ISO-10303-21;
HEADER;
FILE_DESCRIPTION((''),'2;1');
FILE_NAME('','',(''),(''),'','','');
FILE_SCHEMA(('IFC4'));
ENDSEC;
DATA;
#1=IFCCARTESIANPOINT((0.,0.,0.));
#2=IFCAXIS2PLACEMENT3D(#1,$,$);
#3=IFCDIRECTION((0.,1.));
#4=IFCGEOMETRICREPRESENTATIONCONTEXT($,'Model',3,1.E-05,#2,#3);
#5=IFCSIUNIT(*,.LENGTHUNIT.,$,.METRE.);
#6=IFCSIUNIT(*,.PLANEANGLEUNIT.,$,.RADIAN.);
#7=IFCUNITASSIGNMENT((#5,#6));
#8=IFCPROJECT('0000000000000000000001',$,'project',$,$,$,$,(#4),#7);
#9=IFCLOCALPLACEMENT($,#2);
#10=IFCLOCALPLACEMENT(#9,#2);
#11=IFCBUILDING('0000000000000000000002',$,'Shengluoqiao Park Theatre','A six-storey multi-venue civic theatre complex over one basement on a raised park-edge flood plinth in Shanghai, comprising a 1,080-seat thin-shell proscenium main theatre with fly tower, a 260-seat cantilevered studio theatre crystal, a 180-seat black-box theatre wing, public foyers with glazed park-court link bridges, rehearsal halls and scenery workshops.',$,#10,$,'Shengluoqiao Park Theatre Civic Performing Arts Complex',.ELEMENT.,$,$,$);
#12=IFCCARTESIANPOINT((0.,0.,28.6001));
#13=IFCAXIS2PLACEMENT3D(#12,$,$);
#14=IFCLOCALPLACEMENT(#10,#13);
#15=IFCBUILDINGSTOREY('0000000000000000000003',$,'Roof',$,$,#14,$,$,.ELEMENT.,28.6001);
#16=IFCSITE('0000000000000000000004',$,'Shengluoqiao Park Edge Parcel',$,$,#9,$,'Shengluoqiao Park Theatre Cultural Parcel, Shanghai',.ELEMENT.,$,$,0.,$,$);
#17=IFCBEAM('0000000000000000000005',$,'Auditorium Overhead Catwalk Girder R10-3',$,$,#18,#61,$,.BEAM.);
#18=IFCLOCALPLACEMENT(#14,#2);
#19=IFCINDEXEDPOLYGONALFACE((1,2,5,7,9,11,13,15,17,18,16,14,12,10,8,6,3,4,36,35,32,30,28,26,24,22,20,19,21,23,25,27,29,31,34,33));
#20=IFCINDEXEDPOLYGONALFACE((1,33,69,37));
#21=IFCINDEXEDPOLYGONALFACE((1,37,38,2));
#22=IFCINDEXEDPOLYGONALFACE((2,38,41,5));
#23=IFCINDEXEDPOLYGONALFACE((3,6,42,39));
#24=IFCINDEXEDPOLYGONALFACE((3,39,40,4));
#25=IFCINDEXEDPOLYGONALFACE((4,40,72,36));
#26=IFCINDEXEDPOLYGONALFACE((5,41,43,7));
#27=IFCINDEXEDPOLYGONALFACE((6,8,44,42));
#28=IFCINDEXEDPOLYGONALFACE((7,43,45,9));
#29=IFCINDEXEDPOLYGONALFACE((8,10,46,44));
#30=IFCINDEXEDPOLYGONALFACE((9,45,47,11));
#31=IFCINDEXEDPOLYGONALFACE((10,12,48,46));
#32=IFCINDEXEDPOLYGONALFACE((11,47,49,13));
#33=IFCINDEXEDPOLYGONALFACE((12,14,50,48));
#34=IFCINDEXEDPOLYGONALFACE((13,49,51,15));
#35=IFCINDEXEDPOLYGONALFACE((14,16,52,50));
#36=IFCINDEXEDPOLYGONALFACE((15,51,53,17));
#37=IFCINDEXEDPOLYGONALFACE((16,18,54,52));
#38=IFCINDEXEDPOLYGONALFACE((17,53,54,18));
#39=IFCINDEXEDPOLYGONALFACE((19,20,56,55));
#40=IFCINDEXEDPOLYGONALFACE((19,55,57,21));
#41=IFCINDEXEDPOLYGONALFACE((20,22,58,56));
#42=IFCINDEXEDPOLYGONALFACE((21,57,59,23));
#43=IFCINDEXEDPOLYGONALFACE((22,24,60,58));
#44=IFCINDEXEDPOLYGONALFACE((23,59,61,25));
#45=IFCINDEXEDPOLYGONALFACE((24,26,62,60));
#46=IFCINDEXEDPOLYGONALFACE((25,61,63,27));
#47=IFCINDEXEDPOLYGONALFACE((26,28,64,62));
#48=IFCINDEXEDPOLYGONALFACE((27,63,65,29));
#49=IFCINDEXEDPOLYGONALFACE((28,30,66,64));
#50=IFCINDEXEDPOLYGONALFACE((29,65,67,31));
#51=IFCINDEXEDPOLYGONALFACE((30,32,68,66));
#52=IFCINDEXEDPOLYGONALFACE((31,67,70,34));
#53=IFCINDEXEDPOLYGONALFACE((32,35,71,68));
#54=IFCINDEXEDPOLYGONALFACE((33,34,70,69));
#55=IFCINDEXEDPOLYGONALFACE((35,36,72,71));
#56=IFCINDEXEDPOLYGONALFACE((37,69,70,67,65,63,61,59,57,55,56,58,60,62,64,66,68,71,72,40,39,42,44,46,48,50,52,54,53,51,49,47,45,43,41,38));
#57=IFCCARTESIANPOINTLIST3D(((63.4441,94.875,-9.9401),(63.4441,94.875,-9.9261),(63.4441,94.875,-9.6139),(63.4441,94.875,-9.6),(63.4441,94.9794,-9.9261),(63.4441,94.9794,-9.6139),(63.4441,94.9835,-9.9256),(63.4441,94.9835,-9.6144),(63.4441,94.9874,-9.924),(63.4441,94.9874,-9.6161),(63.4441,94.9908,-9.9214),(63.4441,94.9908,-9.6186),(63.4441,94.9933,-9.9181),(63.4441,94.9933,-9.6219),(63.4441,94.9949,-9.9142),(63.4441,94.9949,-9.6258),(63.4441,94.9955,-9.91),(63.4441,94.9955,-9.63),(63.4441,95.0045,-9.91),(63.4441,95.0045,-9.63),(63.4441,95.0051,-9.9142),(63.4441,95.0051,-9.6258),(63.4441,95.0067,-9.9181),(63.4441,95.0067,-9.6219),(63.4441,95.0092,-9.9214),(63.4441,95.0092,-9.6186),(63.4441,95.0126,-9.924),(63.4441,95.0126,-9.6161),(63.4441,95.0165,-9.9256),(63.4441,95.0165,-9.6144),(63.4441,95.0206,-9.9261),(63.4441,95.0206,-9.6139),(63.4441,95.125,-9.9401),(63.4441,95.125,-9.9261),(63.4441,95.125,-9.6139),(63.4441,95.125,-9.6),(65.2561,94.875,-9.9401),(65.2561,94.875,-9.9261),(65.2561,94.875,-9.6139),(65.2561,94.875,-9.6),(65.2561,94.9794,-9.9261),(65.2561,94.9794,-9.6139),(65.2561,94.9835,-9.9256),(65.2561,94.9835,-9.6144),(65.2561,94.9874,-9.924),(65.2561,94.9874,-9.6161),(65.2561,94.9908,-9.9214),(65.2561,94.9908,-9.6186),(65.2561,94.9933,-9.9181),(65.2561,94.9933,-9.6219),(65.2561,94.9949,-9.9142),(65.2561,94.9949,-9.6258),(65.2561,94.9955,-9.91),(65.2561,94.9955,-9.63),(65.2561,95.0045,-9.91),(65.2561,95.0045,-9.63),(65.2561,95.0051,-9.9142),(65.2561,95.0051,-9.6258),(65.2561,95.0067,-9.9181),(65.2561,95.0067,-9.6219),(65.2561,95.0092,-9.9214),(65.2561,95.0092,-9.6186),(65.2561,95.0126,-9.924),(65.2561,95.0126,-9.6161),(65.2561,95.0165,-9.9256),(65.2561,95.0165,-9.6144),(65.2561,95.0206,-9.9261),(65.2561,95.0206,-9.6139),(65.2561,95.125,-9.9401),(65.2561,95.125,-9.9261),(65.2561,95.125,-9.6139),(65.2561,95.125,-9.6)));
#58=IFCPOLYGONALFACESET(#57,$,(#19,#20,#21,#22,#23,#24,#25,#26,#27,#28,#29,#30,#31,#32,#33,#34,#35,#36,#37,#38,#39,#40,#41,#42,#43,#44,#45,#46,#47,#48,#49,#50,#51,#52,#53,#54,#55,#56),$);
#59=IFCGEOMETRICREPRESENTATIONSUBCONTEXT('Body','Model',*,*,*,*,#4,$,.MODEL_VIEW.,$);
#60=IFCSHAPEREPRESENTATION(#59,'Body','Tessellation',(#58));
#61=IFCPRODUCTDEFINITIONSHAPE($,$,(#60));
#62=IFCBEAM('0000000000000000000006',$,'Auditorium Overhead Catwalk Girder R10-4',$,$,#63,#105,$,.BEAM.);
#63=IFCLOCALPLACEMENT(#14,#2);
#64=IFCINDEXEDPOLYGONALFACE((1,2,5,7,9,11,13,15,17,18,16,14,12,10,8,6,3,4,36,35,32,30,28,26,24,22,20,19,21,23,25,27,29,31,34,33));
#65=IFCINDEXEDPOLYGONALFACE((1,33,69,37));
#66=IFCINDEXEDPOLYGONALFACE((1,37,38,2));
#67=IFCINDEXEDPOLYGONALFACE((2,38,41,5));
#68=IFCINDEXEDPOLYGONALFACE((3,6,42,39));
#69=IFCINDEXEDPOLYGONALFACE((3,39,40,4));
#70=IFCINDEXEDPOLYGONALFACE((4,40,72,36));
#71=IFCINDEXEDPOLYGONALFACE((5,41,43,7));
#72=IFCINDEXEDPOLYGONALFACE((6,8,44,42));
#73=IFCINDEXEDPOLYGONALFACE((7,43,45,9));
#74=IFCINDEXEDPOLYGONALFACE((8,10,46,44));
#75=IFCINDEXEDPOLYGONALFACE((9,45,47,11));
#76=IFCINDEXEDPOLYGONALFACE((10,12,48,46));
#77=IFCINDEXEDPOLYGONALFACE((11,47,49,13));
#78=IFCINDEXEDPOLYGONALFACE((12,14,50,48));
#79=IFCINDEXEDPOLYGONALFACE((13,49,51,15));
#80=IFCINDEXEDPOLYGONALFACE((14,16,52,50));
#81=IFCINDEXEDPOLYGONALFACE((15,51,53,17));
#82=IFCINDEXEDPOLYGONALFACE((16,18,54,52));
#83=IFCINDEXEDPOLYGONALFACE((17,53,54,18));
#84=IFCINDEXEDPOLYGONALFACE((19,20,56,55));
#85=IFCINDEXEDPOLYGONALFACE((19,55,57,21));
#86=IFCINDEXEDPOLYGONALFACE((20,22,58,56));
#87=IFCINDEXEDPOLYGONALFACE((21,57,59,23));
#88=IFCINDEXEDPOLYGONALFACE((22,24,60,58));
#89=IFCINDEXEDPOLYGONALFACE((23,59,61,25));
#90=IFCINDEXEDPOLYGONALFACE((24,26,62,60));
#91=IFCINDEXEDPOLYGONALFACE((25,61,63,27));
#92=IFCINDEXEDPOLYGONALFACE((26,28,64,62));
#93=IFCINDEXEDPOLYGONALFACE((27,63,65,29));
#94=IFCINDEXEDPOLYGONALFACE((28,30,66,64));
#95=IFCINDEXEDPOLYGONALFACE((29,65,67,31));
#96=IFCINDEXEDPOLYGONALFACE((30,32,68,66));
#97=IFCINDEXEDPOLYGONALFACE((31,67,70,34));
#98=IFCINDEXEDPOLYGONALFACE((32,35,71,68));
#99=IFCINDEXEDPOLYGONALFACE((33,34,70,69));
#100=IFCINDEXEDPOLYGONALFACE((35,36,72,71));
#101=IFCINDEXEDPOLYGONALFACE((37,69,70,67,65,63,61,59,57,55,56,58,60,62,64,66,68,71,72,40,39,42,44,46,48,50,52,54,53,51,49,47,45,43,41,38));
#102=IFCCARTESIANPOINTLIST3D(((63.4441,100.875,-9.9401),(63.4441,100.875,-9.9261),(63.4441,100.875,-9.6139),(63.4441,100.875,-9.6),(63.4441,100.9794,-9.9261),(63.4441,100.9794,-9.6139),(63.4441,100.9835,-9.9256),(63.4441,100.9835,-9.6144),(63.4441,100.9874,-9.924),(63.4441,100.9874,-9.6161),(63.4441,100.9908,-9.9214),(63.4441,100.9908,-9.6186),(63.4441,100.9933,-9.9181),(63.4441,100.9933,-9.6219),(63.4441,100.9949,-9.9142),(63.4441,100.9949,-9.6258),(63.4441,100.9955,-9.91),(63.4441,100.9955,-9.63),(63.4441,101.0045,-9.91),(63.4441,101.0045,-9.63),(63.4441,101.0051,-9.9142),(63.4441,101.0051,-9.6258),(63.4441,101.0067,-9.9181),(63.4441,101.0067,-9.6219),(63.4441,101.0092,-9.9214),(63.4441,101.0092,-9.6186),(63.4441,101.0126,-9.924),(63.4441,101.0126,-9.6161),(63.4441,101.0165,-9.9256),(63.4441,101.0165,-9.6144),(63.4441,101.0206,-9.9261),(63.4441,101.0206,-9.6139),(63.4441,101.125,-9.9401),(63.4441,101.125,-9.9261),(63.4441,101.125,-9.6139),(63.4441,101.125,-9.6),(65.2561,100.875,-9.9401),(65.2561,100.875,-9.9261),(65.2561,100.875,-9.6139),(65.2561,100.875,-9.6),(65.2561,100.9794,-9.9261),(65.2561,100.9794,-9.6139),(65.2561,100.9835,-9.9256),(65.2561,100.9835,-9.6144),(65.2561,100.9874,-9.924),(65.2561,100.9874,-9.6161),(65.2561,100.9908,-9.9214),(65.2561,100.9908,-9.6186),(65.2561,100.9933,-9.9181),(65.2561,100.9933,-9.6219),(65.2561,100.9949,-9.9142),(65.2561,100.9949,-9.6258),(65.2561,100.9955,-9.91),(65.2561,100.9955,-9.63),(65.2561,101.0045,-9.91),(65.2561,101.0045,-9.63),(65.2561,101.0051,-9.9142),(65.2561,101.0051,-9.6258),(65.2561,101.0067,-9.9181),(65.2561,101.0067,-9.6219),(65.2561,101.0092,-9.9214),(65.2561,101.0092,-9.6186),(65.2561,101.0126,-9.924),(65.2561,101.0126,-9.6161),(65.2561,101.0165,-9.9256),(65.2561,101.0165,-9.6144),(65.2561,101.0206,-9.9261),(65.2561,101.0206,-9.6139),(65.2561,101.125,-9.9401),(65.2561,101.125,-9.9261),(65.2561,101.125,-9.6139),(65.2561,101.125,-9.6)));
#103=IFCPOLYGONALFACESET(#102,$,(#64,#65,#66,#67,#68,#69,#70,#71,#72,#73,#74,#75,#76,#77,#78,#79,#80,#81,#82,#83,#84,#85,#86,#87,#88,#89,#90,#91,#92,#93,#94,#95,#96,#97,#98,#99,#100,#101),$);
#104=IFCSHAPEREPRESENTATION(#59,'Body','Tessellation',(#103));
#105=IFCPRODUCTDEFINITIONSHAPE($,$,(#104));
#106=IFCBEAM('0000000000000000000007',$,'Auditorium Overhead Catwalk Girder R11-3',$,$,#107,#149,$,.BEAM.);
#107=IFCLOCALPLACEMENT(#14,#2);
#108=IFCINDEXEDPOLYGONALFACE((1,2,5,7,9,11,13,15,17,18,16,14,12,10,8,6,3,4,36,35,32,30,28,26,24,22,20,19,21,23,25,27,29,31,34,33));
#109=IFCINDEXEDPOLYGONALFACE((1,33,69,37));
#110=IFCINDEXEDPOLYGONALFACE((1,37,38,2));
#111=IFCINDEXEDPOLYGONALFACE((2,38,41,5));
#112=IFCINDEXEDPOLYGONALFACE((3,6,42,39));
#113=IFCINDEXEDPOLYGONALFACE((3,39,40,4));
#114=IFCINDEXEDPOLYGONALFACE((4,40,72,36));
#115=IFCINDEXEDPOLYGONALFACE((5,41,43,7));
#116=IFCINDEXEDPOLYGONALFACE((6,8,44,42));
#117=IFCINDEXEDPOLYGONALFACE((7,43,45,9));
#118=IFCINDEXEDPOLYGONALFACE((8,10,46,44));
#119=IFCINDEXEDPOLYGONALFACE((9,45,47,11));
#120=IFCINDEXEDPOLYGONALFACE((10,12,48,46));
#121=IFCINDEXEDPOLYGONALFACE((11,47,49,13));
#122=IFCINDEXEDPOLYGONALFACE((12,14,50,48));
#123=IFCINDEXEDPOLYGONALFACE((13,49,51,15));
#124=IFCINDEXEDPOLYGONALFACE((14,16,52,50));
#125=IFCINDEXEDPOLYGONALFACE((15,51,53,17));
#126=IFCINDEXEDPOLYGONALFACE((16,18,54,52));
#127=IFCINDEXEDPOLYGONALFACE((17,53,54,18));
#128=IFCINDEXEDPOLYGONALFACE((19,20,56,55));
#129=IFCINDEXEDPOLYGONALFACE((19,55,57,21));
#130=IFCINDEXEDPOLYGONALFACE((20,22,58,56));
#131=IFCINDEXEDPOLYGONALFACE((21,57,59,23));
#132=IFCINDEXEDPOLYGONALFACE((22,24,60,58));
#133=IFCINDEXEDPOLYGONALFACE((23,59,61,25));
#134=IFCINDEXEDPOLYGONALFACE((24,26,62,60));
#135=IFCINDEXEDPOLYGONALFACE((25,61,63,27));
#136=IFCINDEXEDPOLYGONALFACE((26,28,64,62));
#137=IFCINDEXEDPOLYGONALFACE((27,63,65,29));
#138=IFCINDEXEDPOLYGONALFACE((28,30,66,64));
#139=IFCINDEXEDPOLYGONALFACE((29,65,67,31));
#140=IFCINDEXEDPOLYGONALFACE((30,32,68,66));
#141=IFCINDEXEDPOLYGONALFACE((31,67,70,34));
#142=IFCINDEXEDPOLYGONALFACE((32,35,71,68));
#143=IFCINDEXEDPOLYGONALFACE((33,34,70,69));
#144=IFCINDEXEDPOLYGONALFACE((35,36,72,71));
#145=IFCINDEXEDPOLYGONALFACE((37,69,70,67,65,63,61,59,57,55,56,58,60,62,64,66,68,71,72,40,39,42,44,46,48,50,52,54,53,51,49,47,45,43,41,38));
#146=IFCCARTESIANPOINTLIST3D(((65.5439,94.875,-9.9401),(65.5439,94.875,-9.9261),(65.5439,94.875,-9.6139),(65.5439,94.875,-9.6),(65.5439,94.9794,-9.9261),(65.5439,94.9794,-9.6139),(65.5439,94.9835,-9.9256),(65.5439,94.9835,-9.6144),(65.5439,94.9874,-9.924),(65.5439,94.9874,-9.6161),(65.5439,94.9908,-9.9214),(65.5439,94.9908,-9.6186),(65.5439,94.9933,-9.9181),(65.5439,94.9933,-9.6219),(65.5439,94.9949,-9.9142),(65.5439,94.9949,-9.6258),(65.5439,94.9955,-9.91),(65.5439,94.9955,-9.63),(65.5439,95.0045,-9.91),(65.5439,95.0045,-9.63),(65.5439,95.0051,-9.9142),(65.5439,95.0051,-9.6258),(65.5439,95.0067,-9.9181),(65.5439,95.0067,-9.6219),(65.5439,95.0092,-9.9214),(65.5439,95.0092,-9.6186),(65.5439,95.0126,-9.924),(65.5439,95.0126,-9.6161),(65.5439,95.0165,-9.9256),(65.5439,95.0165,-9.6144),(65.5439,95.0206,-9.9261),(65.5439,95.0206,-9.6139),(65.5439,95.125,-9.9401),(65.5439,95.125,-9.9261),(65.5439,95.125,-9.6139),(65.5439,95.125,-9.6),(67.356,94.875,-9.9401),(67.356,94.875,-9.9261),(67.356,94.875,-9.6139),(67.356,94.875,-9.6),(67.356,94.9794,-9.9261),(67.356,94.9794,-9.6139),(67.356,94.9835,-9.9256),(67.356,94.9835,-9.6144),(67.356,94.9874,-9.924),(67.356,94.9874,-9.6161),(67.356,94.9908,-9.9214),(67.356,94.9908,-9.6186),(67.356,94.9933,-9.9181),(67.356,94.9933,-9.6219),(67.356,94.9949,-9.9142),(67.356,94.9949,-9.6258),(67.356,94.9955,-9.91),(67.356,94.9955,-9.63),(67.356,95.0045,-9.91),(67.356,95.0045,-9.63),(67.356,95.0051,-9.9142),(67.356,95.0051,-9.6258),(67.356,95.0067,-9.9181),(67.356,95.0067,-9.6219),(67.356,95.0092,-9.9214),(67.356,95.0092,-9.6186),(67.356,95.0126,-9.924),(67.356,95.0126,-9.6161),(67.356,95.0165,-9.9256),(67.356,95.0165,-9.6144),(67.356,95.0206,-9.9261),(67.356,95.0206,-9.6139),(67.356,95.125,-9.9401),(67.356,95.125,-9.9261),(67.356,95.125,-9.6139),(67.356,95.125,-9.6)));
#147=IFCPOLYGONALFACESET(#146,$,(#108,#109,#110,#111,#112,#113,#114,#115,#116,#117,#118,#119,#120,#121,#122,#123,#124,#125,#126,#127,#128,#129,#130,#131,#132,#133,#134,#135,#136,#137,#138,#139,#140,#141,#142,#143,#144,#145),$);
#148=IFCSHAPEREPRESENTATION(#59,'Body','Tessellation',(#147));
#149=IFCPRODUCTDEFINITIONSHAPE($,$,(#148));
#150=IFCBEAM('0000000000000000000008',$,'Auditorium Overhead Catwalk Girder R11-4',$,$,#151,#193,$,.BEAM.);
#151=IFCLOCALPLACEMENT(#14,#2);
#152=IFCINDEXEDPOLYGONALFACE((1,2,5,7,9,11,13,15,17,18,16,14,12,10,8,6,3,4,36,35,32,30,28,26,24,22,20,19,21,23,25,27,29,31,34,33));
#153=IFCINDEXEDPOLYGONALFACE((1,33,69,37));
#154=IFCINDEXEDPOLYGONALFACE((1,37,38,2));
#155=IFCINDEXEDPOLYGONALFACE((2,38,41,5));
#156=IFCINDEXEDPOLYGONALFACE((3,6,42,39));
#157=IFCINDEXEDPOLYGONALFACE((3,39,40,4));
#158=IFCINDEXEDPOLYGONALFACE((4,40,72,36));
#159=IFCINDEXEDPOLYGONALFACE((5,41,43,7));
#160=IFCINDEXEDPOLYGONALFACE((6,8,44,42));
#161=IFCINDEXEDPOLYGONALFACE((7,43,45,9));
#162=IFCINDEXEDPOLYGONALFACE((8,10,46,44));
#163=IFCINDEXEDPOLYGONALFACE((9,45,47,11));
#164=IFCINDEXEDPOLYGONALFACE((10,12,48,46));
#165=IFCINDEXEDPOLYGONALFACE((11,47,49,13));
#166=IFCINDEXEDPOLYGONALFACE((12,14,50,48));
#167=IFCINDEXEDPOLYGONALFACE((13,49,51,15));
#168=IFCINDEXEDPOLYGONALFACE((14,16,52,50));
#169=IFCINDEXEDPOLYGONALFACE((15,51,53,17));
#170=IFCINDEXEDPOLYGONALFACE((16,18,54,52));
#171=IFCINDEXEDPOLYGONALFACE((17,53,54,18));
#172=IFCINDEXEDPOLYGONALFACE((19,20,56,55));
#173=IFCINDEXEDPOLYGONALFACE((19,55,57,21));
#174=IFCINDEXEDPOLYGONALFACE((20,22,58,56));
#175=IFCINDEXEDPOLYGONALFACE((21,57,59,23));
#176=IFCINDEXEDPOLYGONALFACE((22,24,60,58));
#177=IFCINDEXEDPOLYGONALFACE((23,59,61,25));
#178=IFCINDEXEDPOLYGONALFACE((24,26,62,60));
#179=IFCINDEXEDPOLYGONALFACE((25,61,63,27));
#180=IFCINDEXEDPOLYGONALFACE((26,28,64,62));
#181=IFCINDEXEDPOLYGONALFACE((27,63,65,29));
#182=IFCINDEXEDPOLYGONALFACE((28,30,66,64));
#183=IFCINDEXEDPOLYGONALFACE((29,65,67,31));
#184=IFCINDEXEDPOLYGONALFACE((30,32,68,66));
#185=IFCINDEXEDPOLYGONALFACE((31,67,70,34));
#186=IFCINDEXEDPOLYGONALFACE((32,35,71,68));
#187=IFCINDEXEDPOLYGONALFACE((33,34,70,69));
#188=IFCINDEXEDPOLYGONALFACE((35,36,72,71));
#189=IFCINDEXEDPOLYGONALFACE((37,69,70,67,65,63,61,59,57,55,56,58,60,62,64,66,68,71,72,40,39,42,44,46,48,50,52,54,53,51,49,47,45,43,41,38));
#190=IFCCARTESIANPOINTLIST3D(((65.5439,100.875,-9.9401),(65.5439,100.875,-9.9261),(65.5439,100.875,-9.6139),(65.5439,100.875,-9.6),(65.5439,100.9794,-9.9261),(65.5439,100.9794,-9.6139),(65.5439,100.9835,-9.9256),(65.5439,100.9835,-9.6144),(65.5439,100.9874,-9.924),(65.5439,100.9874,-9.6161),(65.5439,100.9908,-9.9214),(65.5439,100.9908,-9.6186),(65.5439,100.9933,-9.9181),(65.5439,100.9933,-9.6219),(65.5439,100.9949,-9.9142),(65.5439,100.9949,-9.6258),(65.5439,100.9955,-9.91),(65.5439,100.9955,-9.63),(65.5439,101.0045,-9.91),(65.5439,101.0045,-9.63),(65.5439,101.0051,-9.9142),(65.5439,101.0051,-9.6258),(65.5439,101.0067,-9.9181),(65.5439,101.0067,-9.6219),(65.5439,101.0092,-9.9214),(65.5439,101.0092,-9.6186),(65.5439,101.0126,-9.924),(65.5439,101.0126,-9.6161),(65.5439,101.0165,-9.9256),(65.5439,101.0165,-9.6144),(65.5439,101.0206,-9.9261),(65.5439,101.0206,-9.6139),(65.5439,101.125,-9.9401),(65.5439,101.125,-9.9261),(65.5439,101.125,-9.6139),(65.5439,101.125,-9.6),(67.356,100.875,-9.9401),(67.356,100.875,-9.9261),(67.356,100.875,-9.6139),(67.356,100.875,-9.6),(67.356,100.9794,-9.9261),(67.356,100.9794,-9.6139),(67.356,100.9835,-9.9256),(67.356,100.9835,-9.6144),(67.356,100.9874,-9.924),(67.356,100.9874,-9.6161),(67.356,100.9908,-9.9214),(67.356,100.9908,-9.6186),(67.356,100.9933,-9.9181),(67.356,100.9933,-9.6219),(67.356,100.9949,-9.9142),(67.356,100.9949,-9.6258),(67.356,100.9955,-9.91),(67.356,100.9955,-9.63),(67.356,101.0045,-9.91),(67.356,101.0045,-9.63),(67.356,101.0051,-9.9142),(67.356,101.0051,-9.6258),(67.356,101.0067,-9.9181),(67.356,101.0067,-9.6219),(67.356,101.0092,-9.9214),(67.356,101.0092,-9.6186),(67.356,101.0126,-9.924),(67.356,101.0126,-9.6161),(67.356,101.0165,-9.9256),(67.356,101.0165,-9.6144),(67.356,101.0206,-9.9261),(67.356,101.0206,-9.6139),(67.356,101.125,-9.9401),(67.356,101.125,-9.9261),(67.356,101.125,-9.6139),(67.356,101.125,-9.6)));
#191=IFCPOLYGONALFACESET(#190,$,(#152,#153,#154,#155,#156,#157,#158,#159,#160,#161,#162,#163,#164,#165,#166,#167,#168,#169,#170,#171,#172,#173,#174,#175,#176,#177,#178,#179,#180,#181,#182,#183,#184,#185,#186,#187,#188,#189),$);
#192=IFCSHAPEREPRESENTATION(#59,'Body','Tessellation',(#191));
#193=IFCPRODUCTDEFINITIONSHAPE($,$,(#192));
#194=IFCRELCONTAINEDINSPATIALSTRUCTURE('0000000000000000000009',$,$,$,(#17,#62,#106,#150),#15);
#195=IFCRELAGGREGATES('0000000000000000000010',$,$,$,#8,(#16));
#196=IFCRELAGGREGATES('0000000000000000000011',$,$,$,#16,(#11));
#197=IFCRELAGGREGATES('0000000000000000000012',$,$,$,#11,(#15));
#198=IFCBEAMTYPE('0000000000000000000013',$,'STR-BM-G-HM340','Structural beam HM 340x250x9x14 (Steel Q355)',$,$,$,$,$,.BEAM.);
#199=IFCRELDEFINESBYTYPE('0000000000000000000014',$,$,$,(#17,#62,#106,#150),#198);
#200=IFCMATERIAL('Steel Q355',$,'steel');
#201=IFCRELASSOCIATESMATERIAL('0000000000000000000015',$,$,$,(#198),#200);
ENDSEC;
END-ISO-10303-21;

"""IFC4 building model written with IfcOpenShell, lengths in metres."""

from ifc_helpers import new_model, si_unit, direction, frame, origin, origin_2d, place, context, subcontext, project, spatial, i_section, extrude, material, material_profile, profile_set, type_object, element, save


model = new_model("IFC4")

# Units and contexts
model_context = context("Model", 3, precision=1e-05, world=origin(), true_north=direction((0.0, 1.0)))
body_context = subcontext(model_context, "Body", "Model", "MODEL_VIEW")
ifc_project = project(units=[si_unit("LENGTHUNIT", "METRE"), si_unit("PLANEANGLEUNIT", "RADIAN")], contexts=[model_context])

# Site, building, storey
site_placement = place(None, origin())
site = spatial("IfcSite", under=ifc_project, at=site_placement, Name="Shengluoqiao Park Edge Parcel", LongName="Shengluoqiao Park Theatre Cultural Parcel, Shanghai", CompositionType="ELEMENT", RefElevation=0.0)
building_placement = place(site_placement, origin())
building = spatial("IfcBuilding", under=site, at=building_placement, Name="Shengluoqiao Park Theatre", Description="A six-storey multi-venue civic theatre complex over one basement on a raised park-edge flood plinth in Shanghai, comprising a 1,080-seat thin-shell proscenium main theatre with fly tower, a 260-seat cantilevered studio theatre crystal, a 180-seat black-box theatre wing, public foyers with glazed park-court link bridges, rehearsal halls and scenery workshops.", LongName="Shengluoqiao Park Theatre Civic Performing Arts Complex", CompositionType="ELEMENT")
storey_placement = place(building_placement, frame((0.0, 0.0, 28.6001)))
storey = spatial("IfcBuildingStorey", under=building, at=storey_placement, Name="Roof", CompositionType="ELEMENT", Elevation=28.6001)

# Beams
ifc_material = material(Name="Steel Q355", Category="steel")
ifc_material_profile_1 = material_profile(ifc_material, i_section(OverallWidth=0.25, OverallDepth=0.3401, WebThickness=0.009, FlangeThickness=0.0139, FilletRadius=0.0161, at=origin_2d()), Name="HM 340x250x9x14")
ifc_profile_set_1 = profile_set([ifc_material_profile_1], Name="Steel Q355")
beam_type_1 = type_object("IfcBeamType", Name="STR-BM-G-HM340", Description="Structural beam HM 340x250x9x14 (Steel Q355)", PredefinedType="BEAM", material=ifc_profile_set_1)
for number, where, z_axis, x_axis, name in (
    (1, (63.4441, 95.0, -9.77), (1.0, 0.0, 0.0), (0.0, 1.0, 0.0), "Auditorium Overhead Catwalk Girder R10-3"),
    (2, (63.4441, 101.0, -9.77), (1.0, 0.0, 0.0), (0.0, 1.0, 0.0), "Auditorium Overhead Catwalk Girder R10-4"),
    (3, (65.5439, 95.0, -9.77), (1.0, 0.0, 0.0), (0.0, 1.0, 0.0), "Auditorium Overhead Catwalk Girder R11-3"),
    (4, (65.5439, 101.0, -9.77), (1.0, 0.0, 0.0), (0.0, 1.0, 0.0), "Auditorium Overhead Catwalk Girder R11-4"),
):
    element("IfcBeam", number, at=place(storey_placement, frame(where, z_axis=z_axis, x_axis=x_axis)), inside=storey, type_object=beam_type_1, Name=name, PredefinedType="BEAM", context=body_context, shape_type="SweptSolid", body=[
        extrude(i_section(OverallWidth=0.25, OverallDepth=0.3401, WebThickness=0.009, FlangeThickness=0.0139, FilletRadius=0.0161, at=origin_2d()), origin(), (0.0, 0.0, 1.0), 1.812),
    ])

save(model, "model.ifc")
